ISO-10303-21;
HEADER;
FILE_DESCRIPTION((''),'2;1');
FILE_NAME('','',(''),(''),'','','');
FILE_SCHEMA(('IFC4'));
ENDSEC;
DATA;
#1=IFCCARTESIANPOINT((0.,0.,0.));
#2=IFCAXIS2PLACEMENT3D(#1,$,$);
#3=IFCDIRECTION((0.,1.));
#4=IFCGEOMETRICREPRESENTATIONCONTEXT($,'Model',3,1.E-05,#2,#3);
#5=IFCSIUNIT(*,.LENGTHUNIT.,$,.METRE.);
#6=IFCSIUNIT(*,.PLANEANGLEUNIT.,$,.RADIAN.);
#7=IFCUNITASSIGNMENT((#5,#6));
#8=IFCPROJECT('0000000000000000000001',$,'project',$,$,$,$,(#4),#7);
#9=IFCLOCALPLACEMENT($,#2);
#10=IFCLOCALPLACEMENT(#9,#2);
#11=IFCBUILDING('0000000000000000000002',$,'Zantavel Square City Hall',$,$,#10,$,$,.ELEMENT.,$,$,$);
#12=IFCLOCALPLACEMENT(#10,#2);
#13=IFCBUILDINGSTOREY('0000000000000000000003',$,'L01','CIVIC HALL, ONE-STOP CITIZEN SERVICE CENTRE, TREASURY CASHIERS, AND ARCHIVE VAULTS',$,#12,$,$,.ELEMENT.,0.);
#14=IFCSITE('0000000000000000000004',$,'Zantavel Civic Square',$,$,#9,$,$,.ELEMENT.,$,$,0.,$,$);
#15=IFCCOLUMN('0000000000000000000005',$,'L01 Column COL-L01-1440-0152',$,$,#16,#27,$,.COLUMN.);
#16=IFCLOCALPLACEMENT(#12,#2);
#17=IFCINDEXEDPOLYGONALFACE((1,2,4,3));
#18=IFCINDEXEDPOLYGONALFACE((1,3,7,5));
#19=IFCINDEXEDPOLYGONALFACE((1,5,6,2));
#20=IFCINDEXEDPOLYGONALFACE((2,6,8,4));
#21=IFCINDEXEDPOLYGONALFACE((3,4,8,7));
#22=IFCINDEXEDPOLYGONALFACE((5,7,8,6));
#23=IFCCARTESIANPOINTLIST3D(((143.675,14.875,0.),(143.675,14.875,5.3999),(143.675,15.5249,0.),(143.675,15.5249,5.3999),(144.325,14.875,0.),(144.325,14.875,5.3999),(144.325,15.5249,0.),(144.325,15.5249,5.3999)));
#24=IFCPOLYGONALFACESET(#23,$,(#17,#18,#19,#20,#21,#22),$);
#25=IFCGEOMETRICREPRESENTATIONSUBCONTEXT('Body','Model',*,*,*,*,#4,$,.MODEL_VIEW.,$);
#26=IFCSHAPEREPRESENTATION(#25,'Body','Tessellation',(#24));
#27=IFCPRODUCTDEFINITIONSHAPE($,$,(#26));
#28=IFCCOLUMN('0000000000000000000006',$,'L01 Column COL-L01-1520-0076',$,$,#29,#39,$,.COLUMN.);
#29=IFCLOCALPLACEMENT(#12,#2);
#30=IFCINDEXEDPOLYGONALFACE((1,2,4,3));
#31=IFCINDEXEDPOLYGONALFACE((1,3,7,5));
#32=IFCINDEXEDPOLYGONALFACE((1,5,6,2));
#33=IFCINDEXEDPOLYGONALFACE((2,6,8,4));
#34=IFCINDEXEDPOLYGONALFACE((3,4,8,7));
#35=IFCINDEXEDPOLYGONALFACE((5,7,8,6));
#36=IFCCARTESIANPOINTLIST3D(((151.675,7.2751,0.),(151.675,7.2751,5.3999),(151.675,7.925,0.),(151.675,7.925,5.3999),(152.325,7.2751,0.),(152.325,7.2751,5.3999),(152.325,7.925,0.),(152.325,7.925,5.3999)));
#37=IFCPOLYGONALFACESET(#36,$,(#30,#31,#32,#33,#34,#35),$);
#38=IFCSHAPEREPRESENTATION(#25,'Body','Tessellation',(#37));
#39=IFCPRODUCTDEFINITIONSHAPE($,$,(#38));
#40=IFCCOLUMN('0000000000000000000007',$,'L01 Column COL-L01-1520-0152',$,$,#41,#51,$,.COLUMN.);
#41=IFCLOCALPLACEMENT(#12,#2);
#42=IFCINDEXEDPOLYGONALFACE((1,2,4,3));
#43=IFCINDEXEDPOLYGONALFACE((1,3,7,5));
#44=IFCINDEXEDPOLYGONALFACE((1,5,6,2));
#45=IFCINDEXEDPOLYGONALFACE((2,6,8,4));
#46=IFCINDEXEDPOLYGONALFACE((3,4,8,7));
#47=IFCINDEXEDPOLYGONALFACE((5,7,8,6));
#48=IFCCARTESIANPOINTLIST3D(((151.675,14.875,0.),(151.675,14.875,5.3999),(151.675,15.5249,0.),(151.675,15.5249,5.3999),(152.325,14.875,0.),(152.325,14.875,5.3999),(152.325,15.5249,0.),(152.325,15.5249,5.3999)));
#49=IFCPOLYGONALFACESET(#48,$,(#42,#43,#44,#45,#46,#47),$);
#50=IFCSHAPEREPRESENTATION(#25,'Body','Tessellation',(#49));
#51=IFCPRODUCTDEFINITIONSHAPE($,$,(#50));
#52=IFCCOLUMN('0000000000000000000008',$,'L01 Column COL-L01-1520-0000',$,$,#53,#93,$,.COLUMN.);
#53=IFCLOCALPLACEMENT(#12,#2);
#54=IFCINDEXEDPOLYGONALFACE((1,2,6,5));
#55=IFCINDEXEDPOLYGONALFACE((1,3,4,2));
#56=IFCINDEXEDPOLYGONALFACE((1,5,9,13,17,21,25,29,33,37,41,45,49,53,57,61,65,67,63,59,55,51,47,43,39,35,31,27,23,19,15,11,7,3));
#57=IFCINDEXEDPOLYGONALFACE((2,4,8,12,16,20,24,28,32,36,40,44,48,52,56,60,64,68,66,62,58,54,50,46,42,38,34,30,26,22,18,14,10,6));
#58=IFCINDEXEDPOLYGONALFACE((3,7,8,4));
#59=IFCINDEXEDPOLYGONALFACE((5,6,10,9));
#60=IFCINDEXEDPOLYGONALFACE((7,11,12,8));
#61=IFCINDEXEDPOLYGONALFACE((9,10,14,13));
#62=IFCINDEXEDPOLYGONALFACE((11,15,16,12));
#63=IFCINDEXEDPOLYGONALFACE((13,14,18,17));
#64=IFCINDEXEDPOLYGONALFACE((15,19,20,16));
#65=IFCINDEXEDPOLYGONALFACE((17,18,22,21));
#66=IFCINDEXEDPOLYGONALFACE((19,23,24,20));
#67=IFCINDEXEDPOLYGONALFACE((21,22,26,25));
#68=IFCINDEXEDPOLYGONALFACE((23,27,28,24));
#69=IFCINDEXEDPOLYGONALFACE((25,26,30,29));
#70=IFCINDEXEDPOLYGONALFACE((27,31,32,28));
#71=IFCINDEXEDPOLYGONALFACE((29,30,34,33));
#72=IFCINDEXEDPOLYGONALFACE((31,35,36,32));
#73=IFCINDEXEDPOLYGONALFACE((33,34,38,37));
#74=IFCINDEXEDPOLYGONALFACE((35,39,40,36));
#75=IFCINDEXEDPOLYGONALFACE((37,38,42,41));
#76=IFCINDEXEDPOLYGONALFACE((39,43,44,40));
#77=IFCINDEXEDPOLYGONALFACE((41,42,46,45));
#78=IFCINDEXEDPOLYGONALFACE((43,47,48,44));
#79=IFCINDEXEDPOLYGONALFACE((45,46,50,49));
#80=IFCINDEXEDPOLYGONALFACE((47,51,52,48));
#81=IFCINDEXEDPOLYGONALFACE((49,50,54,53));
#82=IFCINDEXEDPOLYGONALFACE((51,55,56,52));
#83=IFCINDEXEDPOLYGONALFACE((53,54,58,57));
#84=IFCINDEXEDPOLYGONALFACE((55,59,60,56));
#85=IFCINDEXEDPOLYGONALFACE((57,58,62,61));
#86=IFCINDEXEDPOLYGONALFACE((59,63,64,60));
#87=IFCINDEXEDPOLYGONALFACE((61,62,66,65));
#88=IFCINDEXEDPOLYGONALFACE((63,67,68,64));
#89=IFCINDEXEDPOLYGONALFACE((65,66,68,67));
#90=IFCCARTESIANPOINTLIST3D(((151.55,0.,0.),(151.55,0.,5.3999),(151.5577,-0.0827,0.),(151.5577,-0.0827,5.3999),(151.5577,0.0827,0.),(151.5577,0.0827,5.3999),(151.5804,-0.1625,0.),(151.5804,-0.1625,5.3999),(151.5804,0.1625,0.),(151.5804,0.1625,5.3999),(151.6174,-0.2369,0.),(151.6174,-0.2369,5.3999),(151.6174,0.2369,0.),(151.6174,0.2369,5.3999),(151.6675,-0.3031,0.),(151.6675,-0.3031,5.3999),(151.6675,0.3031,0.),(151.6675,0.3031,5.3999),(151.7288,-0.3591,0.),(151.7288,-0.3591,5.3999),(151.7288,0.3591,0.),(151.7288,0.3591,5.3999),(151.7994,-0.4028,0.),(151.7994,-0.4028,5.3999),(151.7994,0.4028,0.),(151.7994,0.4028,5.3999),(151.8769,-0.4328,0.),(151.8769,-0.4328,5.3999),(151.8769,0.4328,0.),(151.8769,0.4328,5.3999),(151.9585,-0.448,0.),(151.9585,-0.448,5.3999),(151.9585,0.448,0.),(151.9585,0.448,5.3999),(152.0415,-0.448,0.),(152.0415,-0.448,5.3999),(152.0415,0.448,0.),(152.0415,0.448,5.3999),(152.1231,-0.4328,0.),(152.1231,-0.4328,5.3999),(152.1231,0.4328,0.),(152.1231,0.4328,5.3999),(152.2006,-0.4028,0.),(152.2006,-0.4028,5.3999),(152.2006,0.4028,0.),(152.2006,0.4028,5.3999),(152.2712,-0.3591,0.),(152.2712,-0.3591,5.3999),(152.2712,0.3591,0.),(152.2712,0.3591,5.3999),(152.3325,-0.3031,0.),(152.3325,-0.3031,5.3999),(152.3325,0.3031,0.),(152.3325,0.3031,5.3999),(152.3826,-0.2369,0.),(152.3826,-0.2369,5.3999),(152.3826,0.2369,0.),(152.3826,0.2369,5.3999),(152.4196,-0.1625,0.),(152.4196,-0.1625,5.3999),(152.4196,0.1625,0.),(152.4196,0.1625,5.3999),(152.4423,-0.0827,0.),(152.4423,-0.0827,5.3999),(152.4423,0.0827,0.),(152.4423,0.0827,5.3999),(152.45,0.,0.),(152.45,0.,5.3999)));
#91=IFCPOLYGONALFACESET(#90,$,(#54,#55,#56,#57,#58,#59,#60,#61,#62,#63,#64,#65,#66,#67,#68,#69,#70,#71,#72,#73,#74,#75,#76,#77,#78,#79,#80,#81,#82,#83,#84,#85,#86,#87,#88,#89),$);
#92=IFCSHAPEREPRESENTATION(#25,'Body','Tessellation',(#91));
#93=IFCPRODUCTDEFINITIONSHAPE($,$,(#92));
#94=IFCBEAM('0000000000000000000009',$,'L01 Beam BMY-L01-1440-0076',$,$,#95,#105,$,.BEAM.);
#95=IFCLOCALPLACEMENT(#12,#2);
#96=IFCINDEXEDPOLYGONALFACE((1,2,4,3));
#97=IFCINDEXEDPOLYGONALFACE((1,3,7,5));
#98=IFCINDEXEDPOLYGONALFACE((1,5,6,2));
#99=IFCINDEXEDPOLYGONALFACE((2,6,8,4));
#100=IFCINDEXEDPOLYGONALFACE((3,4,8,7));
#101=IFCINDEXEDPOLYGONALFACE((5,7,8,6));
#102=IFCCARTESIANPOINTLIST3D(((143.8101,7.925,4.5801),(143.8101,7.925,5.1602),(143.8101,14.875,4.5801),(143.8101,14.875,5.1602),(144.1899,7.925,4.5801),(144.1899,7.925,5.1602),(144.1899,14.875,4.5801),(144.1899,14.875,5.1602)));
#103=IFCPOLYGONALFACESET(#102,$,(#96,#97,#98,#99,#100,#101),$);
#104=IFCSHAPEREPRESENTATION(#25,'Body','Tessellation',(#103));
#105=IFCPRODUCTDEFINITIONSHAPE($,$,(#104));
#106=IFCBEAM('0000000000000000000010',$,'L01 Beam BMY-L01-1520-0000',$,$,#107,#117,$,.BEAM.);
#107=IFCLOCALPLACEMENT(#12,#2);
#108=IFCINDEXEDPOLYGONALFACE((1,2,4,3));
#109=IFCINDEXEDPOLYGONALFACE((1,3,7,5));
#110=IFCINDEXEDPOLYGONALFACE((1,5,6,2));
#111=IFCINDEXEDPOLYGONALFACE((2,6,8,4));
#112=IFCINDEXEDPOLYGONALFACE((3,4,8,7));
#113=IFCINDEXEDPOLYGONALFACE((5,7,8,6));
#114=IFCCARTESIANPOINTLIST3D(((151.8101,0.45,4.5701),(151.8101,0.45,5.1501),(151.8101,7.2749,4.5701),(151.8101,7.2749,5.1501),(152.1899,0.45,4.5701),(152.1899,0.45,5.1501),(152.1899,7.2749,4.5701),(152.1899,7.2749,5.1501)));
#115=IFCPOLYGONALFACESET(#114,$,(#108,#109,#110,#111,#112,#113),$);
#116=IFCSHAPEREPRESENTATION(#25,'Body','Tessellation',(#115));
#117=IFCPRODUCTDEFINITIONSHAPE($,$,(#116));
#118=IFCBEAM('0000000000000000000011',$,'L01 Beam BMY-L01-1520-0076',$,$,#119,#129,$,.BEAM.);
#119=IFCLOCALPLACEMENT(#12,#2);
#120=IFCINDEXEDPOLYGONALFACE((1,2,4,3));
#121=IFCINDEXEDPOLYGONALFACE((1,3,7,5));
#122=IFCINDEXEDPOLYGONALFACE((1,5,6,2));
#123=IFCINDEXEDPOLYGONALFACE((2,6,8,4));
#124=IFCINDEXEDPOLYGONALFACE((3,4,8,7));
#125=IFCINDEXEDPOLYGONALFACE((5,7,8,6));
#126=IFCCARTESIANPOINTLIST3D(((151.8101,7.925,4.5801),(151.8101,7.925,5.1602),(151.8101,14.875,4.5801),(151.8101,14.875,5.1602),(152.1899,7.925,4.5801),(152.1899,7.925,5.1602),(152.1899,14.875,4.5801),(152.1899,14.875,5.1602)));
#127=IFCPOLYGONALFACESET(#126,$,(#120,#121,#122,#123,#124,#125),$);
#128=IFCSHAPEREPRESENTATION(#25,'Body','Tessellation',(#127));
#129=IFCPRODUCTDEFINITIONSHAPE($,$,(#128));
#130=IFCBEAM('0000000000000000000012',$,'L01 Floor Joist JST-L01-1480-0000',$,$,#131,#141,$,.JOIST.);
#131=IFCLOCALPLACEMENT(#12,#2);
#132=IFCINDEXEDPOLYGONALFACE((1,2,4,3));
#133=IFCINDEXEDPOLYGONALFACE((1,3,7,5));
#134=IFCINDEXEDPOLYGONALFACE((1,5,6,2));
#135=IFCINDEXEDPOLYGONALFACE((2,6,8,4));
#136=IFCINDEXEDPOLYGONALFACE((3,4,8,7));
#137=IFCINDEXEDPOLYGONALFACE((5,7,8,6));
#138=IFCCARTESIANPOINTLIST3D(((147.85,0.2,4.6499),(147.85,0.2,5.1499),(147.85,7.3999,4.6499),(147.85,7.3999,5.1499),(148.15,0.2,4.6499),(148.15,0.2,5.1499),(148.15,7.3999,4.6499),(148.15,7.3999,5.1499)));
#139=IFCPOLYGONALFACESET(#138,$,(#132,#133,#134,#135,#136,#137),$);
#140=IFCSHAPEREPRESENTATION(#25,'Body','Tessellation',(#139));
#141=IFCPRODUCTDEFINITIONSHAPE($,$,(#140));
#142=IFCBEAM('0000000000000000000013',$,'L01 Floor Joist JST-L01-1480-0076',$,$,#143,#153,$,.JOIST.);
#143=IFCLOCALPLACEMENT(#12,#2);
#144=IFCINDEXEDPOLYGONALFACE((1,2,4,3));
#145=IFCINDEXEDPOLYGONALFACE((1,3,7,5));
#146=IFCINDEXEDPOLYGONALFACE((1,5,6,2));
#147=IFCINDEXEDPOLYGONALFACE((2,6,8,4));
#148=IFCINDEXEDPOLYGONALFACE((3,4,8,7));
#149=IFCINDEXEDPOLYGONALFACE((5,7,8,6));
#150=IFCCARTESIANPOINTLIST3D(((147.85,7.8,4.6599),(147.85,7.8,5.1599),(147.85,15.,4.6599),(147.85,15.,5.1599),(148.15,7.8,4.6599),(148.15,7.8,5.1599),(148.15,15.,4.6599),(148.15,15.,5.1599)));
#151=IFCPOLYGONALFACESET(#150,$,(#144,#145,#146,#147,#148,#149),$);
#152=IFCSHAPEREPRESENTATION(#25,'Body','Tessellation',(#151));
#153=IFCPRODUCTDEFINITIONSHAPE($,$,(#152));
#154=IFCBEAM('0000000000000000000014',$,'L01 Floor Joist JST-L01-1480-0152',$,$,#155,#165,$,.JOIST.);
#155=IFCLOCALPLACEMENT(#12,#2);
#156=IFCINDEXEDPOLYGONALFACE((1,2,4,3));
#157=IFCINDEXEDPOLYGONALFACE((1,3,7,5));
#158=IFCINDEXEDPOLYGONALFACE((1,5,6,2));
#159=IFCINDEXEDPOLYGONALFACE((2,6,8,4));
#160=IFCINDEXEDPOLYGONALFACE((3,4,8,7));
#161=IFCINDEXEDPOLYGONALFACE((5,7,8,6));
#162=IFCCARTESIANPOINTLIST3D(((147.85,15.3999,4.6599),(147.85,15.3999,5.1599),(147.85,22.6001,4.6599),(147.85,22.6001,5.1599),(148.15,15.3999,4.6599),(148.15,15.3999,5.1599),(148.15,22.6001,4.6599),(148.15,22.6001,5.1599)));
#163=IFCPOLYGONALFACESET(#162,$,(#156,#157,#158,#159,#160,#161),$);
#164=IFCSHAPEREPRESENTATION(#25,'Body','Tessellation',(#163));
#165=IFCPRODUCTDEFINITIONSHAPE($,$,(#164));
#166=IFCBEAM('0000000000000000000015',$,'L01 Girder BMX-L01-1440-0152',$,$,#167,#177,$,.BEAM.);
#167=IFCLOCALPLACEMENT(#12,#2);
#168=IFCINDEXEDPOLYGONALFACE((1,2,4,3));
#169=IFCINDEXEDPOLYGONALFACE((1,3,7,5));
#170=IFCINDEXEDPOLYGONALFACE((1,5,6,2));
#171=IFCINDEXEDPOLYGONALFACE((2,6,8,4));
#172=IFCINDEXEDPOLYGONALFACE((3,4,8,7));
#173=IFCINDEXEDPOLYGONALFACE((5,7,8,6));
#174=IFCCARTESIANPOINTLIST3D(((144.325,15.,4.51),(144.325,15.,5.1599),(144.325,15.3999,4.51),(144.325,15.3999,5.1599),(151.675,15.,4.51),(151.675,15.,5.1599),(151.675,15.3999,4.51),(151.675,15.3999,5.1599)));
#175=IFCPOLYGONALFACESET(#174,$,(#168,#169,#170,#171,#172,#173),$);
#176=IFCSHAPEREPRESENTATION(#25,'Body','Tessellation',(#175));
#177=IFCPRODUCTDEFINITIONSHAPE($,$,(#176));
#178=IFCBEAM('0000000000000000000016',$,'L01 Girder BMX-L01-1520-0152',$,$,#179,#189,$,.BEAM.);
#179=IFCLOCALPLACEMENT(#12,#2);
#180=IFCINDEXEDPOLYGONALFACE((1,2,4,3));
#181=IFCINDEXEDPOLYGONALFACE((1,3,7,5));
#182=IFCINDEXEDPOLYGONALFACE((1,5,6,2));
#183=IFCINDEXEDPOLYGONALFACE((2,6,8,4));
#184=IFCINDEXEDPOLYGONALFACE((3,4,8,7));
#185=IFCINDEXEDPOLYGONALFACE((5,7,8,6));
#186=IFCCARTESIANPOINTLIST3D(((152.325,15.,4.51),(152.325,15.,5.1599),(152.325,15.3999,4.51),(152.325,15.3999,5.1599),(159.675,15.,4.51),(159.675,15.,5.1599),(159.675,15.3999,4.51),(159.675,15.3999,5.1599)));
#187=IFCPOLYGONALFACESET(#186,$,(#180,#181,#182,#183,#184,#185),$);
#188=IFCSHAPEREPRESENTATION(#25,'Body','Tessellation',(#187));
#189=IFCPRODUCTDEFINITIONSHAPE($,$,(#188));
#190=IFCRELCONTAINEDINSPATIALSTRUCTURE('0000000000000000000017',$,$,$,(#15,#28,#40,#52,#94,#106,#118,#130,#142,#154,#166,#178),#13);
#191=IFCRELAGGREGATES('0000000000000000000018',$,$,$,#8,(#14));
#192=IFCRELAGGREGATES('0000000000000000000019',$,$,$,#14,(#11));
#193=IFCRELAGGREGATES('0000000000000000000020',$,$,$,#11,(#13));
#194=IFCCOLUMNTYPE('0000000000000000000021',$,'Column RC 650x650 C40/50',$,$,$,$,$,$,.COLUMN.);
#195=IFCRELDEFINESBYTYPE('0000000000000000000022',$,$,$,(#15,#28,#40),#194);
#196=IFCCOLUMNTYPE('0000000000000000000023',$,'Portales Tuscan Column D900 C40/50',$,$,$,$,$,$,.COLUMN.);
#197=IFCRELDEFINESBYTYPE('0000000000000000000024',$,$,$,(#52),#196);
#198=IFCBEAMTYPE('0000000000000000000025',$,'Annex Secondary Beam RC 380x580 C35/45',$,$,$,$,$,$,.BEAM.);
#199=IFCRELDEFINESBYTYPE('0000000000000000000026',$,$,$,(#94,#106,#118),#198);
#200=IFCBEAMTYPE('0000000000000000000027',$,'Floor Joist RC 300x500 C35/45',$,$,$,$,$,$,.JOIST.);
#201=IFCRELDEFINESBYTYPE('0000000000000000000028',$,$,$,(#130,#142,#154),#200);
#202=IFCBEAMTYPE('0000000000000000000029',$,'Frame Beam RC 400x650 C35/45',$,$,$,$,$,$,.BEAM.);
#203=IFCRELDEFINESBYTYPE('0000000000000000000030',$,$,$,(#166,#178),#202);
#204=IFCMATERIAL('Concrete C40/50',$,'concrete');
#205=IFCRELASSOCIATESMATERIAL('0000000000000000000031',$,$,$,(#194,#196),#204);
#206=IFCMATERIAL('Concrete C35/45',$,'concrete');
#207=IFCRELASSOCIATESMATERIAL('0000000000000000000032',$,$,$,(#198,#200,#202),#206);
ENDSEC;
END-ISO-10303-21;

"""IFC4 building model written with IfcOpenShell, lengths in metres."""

from ifc_helpers import new_model, si_unit, direction, frame, origin, origin_2d, place, context, subcontext, project, spatial, rectangle, circle, extrude, material, material_profile, profile_set, type_object, element, save


model = new_model("IFC4")

# Units and contexts
model_context = context("Model", 3, precision=1e-05, world=origin(), true_north=direction((0.0, 1.0)))
body_context = subcontext(model_context, "Body", "Model", "MODEL_VIEW")
ifc_project = project(units=[si_unit("LENGTHUNIT", "METRE"), si_unit("PLANEANGLEUNIT", "RADIAN")], contexts=[model_context])

# Site, building, storey
site_placement = place(None, origin())
site = spatial("IfcSite", under=ifc_project, at=site_placement, Name="Zantavel Civic Square", CompositionType="ELEMENT", RefElevation=0.0)
building_placement = place(site_placement, origin())
building = spatial("IfcBuilding", under=site, at=building_placement, Name="Zantavel Square City Hall", CompositionType="ELEMENT")
storey_placement = place(building_placement, origin())
storey = spatial("IfcBuildingStorey", under=building, at=storey_placement, Name="L01", Description="CIVIC HALL, ONE-STOP CITIZEN SERVICE CENTRE, TREASURY CASHIERS, AND ARCHIVE VAULTS", CompositionType="ELEMENT", Elevation=0.0)

# Columns
ifc_material_1 = material(Name="Concrete C40/50", Category="concrete")
ifc_material_profile_1 = material_profile(ifc_material_1, rectangle(XDim=0.6499, YDim=0.6499, at=origin_2d()), Name="RC 650x650")
ifc_profile_set_1 = profile_set([ifc_material_profile_1], Name="Concrete C40/50")
column_type_1 = type_object("IfcColumnType", Name="Column RC 650x650 C40/50", PredefinedType="COLUMN", material=ifc_profile_set_1)
for number, where, z_axis, x_axis, name in (
    (1, (144.0, 15.2, 0.0), (0.0, 0.0, 1.0), (1.0, 0.0, 0.0), "L01 Column COL-L01-1440-0152"),
    (2, (152.0, 7.6001, 0.0), (0.0, 0.0, 1.0), (1.0, 0.0, 0.0), "L01 Column COL-L01-1520-0076"),
    (3, (152.0, 15.2, 0.0), (0.0, 0.0, 1.0), (1.0, 0.0, 0.0), "L01 Column COL-L01-1520-0152"),
):
    element("IfcColumn", number, at=place(storey_placement, frame(where, z_axis=z_axis, x_axis=x_axis)), inside=storey, type_object=column_type_1, Name=name, PredefinedType="COLUMN", context=body_context, shape_type="SweptSolid", body=[
        extrude(rectangle(XDim=0.6499, YDim=0.6499, at=origin_2d()), origin(), (0.0, 0.0, 1.0), 5.3999),
    ])
ifc_material_profile_2 = material_profile(ifc_material_1, circle(Radius=0.45, at=origin_2d()), Name="ROUND D900")
ifc_profile_set_2 = profile_set([ifc_material_profile_2], Name="Concrete C40/50")
column_type_2 = type_object("IfcColumnType", Name="Portales Tuscan Column D900 C40/50", PredefinedType="COLUMN", material=ifc_profile_set_2)
column_placement = place(storey_placement, frame((152.0, 0.0, 0.0), z_axis=(0.0, 0.0, 1.0), x_axis=(1.0, 0.0, 0.0)))
element("IfcColumn", 4, at=column_placement, inside=storey, type_object=column_type_2, Name="L01 Column COL-L01-1520-0000", PredefinedType="COLUMN", context=body_context, shape_type="SweptSolid", body=[
    extrude(circle(Radius=0.45, at=origin_2d()), origin(), (0.0, 0.0, 1.0), 5.3999),
])

# Beams
ifc_material_2 = material(Name="Concrete C35/45", Category="concrete")
ifc_material_profile_3 = material_profile(ifc_material_2, rectangle(XDim=0.3799, YDim=0.5801, at=origin_2d()), Name="RC 380x580")
ifc_profile_set_3 = profile_set([ifc_material_profile_3], Name="Concrete C35/45")
beam_type_1 = type_object("IfcBeamType", Name="Annex Secondary Beam RC 380x580 C35/45", PredefinedType="BEAM", material=ifc_profile_set_3)
beam_1_placement = place(storey_placement, frame((144.0, 7.925, 4.8701), z_axis=(0.0, 1.0, 0.0), x_axis=(-1.0, 0.0, 0.0)))
element("IfcBeam", 5, at=beam_1_placement, inside=storey, type_object=beam_type_1, Name="L01 Beam BMY-L01-1440-0076", PredefinedType="BEAM", context=body_context, shape_type="SweptSolid", body=[
    extrude(rectangle(XDim=0.3799, YDim=0.5801, at=origin_2d()), origin(), (0.0, 0.0, 1.0), 6.95),
])
beam_2_placement = place(storey_placement, frame((152.0, 0.45, 4.8601), z_axis=(0.0, 1.0, 0.0), x_axis=(-1.0, 0.0, 0.0)))
element("IfcBeam", 6, at=beam_2_placement, inside=storey, type_object=beam_type_1, Name="L01 Beam BMY-L01-1520-0000", PredefinedType="BEAM", context=body_context, shape_type="SweptSolid", body=[
    extrude(rectangle(XDim=0.3799, YDim=0.5801, at=origin_2d()), origin(), (0.0, 0.0, 1.0), 6.825),
])
beam_3_placement = place(storey_placement, frame((152.0, 7.925, 4.8701), z_axis=(0.0, 1.0, 0.0), x_axis=(-1.0, 0.0, 0.0)))
element("IfcBeam", 7, at=beam_3_placement, inside=storey, type_object=beam_type_1, Name="L01 Beam BMY-L01-1520-0076", PredefinedType="BEAM", context=body_context, shape_type="SweptSolid", body=[
    extrude(rectangle(XDim=0.3799, YDim=0.5801, at=origin_2d()), origin(), (0.0, 0.0, 1.0), 6.95),
])
ifc_material_profile_4 = material_profile(ifc_material_2, rectangle(XDim=0.3, YDim=0.5, at=origin_2d()), Name="RC 300x500")
ifc_profile_set_4 = profile_set([ifc_material_profile_4], Name="Concrete C35/45")
beam_type_2 = type_object("IfcBeamType", Name="Floor Joist RC 300x500 C35/45", PredefinedType="JOIST", material=ifc_profile_set_4)
for number, where, z_axis, x_axis, name in (
    (8, (148.0, 0.2, 4.8999), (0.0, 1.0, 0.0), (-1.0, 0.0, 0.0), "L01 Floor Joist JST-L01-1480-0000"),
    (9, (148.0, 7.8, 4.9099), (0.0, 1.0, 0.0), (-1.0, 0.0, 0.0), "L01 Floor Joist JST-L01-1480-0076"),
):
    element("IfcBeam", number, at=place(storey_placement, frame(where, z_axis=z_axis, x_axis=x_axis)), inside=storey, type_object=beam_type_2, Name=name, PredefinedType="JOIST", context=body_context, shape_type="SweptSolid", body=[
        extrude(rectangle(XDim=0.3, YDim=0.5, at=origin_2d()), origin(), (0.0, 0.0, 1.0), 7.2),
    ])
beam_4_placement = place(storey_placement, frame((148.0, 15.3999, 4.9099), z_axis=(0.0, 1.0, 0.0), x_axis=(-1.0, 0.0, 0.0)))
element("IfcBeam", 10, at=beam_4_placement, inside=storey, type_object=beam_type_2, Name="L01 Floor Joist JST-L01-1480-0152", PredefinedType="JOIST", context=body_context, shape_type="SweptSolid", body=[
    extrude(rectangle(XDim=0.3, YDim=0.5, at=origin_2d()), origin(), (0.0, 0.0, 1.0), 7.2002),
])
ifc_material_profile_5 = material_profile(ifc_material_2, rectangle(XDim=0.3999, YDim=0.6499, at=origin_2d()), Name="RC 400x650")
ifc_profile_set_5 = profile_set([ifc_material_profile_5], Name="Concrete C35/45")
beam_type_3 = type_object("IfcBeamType", Name="Frame Beam RC 400x650 C35/45", PredefinedType="BEAM", material=ifc_profile_set_5)
for number, where, z_axis, x_axis, name in (
    (11, (144.325, 15.2, 4.835), (1.0, 0.0, 0.0), (0.0, 1.0, 0.0), "L01 Girder BMX-L01-1440-0152"),
    (12, (152.325, 15.2, 4.835), (1.0, 0.0, 0.0), (0.0, 1.0, 0.0), "L01 Girder BMX-L01-1520-0152"),
):
    element("IfcBeam", number, at=place(storey_placement, frame(where, z_axis=z_axis, x_axis=x_axis)), inside=storey, type_object=beam_type_3, Name=name, PredefinedType="BEAM", context=body_context, shape_type="SweptSolid", body=[
        extrude(rectangle(XDim=0.3999, YDim=0.6499, at=origin_2d()), origin(), (0.0, 0.0, 1.0), 7.3501),
    ])

save(model, "model.ifc")
